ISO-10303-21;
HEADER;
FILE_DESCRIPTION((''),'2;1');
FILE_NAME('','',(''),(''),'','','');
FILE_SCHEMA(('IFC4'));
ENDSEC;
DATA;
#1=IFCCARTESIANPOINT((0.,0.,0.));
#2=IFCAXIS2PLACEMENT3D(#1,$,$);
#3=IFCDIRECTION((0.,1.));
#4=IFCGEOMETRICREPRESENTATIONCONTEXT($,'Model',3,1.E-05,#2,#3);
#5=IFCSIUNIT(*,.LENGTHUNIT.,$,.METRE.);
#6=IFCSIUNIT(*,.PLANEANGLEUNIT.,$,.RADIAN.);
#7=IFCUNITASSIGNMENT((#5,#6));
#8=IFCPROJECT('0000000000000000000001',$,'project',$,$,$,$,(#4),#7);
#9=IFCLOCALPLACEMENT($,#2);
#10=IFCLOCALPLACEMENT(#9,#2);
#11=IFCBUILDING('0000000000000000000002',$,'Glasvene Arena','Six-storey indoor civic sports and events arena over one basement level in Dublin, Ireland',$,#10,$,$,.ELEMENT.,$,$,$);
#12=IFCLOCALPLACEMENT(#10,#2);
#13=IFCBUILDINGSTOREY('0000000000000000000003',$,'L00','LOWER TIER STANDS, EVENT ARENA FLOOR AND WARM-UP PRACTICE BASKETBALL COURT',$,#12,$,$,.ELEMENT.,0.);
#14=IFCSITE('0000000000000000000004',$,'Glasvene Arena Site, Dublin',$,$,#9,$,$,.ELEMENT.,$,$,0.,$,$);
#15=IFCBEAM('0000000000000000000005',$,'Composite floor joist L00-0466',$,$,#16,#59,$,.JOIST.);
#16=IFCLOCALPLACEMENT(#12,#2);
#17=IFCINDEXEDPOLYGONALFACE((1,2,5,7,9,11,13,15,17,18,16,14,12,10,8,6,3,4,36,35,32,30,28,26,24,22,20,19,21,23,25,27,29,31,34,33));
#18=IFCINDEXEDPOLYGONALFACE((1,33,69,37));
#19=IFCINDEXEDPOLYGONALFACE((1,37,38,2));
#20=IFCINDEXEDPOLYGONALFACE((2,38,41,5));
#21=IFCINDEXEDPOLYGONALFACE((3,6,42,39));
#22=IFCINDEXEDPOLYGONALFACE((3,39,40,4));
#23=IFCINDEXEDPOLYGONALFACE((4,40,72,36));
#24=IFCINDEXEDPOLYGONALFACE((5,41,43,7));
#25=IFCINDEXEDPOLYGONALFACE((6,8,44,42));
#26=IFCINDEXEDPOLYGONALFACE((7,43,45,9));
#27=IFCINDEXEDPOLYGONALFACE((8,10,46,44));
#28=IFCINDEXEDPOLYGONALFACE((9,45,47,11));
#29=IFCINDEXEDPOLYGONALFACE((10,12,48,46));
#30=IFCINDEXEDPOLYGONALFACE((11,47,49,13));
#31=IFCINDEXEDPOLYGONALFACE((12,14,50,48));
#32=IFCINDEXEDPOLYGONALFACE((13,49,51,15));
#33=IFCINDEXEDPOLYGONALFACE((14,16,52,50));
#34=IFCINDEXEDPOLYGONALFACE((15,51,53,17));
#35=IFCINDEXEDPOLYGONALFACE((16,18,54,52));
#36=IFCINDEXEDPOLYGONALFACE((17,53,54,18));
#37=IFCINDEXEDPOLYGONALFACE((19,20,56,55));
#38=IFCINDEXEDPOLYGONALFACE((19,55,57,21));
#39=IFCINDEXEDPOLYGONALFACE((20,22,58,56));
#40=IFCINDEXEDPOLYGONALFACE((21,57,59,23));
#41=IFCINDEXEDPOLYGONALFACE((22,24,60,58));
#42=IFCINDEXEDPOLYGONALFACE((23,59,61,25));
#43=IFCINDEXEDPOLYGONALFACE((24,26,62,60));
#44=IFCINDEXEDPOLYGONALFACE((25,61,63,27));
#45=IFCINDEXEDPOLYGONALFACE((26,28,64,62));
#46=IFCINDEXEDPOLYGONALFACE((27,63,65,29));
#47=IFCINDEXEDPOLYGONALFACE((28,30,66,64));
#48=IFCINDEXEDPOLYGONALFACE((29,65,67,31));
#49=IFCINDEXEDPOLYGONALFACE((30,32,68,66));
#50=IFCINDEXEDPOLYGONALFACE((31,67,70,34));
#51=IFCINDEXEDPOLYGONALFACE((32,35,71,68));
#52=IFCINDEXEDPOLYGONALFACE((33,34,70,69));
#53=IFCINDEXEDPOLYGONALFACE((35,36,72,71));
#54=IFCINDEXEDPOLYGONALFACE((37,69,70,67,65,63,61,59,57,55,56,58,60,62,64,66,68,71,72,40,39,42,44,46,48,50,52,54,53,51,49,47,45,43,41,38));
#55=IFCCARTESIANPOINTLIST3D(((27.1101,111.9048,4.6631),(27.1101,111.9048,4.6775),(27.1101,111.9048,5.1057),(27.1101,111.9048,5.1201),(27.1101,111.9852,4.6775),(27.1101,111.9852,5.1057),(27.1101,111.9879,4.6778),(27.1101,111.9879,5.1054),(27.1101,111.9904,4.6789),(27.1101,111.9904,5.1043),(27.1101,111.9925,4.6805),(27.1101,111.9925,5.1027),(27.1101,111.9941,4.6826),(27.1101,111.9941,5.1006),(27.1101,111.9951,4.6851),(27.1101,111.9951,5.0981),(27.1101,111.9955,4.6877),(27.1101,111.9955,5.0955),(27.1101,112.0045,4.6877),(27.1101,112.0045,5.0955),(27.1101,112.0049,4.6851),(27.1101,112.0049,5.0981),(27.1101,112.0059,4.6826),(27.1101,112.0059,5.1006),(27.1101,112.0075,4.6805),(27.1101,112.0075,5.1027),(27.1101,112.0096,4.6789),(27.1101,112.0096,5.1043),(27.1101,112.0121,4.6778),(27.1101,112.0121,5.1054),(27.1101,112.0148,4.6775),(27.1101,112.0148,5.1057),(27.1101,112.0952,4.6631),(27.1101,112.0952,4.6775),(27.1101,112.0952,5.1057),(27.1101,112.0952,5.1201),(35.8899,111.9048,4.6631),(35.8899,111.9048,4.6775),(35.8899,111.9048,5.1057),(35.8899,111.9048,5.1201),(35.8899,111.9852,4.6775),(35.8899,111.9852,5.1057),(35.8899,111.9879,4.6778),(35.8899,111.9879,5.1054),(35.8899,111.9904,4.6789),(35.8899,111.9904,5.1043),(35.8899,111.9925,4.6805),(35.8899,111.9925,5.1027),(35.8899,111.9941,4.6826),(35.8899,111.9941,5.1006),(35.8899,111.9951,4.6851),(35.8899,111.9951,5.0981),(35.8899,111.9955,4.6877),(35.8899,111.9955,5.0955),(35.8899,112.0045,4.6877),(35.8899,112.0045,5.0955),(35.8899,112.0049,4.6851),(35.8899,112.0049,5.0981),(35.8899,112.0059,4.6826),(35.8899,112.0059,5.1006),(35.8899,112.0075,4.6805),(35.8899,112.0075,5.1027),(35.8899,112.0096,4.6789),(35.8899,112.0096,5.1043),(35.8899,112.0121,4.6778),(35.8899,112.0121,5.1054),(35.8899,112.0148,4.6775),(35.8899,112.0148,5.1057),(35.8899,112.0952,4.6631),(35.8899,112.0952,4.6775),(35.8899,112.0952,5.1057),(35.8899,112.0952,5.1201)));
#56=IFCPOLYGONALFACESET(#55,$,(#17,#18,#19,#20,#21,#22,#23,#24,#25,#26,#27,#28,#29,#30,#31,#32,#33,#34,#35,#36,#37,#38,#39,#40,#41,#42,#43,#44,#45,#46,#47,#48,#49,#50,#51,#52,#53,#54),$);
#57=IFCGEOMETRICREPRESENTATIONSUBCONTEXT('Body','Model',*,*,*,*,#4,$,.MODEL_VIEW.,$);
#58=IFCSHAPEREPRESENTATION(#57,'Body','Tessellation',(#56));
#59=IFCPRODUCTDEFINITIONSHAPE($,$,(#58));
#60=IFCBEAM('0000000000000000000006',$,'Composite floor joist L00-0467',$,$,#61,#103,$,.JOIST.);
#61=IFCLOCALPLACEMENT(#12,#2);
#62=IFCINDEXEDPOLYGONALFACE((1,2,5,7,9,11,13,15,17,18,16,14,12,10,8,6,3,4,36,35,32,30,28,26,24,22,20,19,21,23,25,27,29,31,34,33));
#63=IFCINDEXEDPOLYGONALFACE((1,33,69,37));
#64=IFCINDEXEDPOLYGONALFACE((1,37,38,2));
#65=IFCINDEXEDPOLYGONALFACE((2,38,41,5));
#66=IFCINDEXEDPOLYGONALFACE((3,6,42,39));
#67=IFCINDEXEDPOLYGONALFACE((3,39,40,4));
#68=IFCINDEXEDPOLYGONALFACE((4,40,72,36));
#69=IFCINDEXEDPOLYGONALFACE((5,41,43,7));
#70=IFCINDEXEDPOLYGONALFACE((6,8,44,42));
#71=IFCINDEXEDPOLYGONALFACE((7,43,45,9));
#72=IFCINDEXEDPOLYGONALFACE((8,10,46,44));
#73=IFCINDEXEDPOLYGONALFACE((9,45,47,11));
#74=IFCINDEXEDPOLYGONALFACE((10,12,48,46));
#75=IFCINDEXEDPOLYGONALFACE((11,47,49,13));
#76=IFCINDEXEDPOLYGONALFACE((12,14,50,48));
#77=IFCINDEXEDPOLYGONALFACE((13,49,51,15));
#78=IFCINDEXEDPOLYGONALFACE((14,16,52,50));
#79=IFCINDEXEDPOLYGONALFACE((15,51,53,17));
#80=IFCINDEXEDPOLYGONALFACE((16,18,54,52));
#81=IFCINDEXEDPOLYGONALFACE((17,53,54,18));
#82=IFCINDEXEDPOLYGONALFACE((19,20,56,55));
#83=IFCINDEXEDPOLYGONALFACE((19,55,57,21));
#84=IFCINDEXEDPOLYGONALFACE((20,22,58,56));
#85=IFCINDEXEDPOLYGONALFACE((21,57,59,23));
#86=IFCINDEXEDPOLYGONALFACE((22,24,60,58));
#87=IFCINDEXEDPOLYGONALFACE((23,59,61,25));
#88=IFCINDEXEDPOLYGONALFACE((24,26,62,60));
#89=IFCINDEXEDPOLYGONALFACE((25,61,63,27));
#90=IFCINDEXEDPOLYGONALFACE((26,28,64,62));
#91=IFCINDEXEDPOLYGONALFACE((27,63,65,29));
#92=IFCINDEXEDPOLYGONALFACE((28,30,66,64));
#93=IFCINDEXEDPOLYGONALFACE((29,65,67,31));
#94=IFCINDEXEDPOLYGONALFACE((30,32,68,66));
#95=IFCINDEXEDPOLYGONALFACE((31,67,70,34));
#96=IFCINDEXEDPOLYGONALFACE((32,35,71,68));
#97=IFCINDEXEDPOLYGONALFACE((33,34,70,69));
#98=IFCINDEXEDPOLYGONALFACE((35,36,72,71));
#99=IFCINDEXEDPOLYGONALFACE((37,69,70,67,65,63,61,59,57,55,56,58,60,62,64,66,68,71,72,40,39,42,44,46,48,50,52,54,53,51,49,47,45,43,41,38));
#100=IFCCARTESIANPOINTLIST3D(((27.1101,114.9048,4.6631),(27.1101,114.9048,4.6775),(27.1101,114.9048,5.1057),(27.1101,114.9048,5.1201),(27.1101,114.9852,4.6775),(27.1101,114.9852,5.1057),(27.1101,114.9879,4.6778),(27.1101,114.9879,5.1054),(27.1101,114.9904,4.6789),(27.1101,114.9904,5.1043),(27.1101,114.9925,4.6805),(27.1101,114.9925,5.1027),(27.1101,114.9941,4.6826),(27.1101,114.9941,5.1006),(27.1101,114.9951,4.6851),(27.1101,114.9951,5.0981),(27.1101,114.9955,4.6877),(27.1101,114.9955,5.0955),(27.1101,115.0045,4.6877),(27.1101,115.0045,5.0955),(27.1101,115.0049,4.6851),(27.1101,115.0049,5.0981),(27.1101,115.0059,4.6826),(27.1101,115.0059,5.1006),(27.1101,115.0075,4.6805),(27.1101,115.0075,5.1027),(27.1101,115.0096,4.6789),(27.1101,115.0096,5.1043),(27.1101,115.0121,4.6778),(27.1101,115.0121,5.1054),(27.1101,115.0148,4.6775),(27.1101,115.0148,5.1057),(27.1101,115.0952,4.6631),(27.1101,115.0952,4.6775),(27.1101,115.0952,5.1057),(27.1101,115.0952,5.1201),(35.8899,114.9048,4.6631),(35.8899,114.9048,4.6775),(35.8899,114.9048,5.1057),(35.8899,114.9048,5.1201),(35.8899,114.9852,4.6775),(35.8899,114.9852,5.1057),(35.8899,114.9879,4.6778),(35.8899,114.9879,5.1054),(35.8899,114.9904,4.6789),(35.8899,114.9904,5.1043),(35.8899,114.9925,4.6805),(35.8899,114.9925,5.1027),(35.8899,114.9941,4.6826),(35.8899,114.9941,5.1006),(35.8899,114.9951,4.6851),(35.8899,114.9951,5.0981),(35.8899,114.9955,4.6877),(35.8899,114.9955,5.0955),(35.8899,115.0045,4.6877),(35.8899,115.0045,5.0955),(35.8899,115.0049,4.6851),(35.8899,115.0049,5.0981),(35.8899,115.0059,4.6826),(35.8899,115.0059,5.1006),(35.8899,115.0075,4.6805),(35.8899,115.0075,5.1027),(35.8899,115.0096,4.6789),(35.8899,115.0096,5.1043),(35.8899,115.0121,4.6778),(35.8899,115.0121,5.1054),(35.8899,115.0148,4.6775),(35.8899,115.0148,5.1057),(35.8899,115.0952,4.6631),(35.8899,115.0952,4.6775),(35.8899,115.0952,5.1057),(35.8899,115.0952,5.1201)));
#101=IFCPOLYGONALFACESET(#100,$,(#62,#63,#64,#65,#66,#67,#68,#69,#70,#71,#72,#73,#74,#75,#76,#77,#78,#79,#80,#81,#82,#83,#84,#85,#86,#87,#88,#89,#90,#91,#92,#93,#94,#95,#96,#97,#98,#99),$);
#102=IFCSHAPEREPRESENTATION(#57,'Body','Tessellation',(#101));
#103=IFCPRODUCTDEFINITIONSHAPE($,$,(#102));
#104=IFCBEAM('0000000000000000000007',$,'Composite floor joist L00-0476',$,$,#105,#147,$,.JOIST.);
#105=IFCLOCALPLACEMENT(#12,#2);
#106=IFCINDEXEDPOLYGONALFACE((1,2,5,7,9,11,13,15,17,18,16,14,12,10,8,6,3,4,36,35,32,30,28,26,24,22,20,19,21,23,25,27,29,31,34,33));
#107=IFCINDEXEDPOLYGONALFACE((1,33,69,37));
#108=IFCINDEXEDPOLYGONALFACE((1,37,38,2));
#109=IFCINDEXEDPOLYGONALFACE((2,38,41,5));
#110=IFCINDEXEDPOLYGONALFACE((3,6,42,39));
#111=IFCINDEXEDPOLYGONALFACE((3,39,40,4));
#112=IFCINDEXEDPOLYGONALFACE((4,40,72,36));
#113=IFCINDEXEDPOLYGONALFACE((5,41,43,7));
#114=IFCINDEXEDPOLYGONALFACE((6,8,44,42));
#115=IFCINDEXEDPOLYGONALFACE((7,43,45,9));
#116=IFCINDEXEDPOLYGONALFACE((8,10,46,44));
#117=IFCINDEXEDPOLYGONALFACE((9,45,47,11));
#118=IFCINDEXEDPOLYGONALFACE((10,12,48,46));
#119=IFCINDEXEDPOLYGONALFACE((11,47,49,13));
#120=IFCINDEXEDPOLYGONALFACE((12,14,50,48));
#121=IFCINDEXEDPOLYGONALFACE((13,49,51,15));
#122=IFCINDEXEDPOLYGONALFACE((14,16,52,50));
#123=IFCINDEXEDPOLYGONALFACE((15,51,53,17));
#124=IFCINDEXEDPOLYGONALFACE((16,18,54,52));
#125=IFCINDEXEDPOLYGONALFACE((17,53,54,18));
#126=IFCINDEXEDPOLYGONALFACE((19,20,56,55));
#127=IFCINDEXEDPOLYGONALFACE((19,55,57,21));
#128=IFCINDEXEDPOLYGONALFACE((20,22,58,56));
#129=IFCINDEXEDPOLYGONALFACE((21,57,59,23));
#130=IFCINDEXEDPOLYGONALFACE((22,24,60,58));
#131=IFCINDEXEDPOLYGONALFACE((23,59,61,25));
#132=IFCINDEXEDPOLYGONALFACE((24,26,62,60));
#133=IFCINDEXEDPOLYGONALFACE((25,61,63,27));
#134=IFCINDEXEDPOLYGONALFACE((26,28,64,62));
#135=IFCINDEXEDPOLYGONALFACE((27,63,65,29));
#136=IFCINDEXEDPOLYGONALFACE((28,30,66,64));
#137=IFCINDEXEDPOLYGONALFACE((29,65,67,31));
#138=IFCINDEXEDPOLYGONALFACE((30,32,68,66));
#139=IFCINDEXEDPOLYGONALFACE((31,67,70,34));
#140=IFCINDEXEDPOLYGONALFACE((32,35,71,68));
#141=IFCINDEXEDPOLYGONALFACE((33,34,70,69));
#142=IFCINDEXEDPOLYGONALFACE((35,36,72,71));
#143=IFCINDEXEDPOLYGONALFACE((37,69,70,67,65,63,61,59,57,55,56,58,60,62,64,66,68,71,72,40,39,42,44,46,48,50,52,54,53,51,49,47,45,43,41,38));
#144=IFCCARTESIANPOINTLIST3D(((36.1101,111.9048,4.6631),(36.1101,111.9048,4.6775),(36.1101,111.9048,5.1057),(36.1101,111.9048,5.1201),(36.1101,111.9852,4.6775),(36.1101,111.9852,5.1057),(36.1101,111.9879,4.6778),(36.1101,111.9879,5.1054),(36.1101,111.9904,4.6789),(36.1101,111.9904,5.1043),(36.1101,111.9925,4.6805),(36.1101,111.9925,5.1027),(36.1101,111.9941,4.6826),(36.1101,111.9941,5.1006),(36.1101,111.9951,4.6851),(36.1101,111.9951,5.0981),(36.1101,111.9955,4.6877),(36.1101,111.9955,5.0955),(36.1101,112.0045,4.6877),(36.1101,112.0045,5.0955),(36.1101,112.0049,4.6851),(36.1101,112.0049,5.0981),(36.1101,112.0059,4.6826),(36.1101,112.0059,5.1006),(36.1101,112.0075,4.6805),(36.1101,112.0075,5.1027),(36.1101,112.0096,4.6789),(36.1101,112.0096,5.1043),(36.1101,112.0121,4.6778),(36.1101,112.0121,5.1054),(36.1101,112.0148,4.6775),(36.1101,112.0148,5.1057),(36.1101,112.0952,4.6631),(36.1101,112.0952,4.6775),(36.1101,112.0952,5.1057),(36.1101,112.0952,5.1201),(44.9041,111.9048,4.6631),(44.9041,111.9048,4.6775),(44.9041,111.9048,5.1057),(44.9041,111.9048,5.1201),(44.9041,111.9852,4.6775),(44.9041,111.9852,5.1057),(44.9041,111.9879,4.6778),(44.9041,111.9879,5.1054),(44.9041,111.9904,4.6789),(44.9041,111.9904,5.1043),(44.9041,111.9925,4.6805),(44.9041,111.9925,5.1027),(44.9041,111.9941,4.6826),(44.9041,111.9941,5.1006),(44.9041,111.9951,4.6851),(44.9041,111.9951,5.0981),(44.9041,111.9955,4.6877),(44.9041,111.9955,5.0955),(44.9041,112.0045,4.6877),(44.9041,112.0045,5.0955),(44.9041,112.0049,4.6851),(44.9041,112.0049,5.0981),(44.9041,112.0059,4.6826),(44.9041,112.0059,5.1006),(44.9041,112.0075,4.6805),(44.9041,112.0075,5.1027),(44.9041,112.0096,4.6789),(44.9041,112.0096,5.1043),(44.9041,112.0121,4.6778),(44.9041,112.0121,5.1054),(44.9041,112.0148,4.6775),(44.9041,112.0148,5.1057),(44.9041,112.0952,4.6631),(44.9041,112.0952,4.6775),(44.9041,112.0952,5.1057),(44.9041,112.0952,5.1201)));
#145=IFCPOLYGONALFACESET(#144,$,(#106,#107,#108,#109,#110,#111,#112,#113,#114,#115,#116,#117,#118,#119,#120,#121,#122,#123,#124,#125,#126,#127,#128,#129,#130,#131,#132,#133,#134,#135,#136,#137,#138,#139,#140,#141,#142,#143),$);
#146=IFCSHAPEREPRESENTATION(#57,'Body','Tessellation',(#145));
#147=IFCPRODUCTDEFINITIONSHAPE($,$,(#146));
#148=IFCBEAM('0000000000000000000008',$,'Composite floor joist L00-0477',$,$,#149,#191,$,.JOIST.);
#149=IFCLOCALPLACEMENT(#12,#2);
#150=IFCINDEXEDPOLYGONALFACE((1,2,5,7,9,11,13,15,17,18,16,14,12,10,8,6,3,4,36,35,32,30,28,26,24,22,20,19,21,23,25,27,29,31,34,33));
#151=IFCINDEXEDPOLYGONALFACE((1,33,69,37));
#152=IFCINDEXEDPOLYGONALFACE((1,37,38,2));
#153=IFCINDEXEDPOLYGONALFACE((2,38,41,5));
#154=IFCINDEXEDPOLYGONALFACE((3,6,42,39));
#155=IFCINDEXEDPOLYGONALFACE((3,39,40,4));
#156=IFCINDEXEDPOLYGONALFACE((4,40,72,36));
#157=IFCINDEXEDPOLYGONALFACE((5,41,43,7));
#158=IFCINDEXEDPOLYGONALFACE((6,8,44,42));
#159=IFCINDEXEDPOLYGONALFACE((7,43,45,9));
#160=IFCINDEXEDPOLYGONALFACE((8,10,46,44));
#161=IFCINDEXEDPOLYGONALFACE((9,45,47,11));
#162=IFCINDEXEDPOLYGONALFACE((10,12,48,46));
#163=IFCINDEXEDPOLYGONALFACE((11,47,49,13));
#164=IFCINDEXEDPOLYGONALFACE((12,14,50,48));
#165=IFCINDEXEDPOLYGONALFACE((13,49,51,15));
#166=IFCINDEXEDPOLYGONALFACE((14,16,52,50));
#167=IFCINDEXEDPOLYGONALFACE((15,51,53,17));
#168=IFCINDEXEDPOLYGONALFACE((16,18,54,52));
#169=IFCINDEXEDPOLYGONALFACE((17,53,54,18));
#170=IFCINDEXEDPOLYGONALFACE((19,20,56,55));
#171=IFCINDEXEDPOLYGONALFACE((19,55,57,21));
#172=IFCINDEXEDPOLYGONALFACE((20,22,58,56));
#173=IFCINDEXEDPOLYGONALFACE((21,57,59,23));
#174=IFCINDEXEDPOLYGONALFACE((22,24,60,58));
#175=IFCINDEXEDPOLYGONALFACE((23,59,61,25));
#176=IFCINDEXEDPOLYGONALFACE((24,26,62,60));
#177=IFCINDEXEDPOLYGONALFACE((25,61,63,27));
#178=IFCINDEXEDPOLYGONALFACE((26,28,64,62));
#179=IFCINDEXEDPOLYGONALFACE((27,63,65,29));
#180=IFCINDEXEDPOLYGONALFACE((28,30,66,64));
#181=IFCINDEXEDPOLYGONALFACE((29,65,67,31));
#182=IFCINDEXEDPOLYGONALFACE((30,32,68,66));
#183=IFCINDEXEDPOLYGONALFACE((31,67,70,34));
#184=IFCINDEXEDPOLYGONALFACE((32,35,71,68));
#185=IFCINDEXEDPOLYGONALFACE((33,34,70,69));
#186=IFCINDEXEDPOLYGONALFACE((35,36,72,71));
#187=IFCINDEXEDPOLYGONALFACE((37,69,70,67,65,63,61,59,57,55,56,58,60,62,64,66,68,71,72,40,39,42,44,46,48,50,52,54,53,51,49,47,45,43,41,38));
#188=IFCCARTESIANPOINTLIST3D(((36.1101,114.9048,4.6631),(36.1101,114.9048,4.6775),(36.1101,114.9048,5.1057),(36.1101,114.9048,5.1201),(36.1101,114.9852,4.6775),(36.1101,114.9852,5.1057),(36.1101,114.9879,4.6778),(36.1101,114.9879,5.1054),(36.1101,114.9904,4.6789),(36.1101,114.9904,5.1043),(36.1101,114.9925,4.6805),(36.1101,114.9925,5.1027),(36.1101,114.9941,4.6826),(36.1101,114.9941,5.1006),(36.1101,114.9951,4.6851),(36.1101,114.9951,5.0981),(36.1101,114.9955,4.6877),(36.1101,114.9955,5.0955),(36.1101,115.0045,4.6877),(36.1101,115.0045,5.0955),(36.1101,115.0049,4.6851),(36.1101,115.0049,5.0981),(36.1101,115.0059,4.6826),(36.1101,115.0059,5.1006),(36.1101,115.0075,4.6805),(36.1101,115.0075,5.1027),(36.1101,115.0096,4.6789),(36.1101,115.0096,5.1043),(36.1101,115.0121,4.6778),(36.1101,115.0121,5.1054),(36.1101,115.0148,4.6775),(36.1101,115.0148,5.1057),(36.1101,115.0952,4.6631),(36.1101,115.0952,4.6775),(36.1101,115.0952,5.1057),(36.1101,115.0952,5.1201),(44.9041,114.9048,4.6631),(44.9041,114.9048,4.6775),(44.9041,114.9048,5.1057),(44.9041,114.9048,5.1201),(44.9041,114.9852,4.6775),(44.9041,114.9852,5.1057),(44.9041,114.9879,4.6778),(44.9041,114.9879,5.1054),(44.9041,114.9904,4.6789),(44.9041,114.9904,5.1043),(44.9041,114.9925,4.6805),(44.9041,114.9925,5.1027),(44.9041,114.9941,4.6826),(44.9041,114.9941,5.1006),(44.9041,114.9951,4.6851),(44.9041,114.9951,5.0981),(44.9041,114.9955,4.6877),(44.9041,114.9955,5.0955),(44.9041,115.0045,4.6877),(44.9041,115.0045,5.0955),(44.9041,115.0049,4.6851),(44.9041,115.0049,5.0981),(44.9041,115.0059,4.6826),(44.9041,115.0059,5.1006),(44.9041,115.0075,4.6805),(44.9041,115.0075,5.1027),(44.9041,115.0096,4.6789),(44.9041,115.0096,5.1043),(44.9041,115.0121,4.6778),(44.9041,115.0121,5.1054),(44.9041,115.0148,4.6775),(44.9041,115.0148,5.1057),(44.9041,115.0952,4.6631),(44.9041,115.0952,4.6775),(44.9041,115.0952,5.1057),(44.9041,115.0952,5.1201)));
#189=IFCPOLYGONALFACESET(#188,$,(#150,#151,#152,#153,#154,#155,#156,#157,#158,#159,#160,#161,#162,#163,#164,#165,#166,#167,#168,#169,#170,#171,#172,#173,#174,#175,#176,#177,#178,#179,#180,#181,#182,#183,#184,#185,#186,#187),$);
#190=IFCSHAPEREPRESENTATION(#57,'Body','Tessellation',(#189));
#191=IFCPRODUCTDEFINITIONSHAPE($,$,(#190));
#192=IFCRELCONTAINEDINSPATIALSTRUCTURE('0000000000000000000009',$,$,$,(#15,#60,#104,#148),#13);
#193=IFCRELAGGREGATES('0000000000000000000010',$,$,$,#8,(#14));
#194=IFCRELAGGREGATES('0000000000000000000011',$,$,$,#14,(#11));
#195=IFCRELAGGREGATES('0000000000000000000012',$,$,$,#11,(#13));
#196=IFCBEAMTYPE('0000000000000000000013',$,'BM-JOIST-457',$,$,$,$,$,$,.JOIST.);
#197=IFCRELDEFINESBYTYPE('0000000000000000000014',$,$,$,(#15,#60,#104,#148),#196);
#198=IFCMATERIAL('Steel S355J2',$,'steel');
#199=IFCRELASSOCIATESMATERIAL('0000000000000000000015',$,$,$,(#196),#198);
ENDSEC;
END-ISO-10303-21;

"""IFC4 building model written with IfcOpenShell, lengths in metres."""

from ifc_helpers import new_model, si_unit, direction, frame, origin, origin_2d, place, context, subcontext, project, spatial, i_section, extrude, material, material_profile, profile_set, type_object, element, save


model = new_model("IFC4")

# Units and contexts
model_context = context("Model", 3, precision=1e-05, world=origin(), true_north=direction((0.0, 1.0)))
body_context = subcontext(model_context, "Body", "Model", "MODEL_VIEW")
ifc_project = project(units=[si_unit("LENGTHUNIT", "METRE"), si_unit("PLANEANGLEUNIT", "RADIAN")], contexts=[model_context])

# Site, building, storey
site_placement = place(None, origin())
site = spatial("IfcSite", under=ifc_project, at=site_placement, Name="Glasvene Arena Site, Dublin", CompositionType="ELEMENT", RefElevation=0.0)
building_placement = place(site_placement, origin())
building = spatial("IfcBuilding", under=site, at=building_placement, Name="Glasvene Arena", Description="Six-storey indoor civic sports and events arena over one basement level in Dublin, Ireland", CompositionType="ELEMENT")
storey_placement = place(building_placement, origin())
storey = spatial("IfcBuildingStorey", under=building, at=storey_placement, Name="L00", Description="LOWER TIER STANDS, EVENT ARENA FLOOR AND WARM-UP PRACTICE BASKETBALL COURT", CompositionType="ELEMENT", Elevation=0.0)

# Shared definitions
ifc_material_1 = material(Name="Steel S355J2", Category="steel")

# Beams
ifc_material_profile_1 = material_profile(ifc_material_1, i_section(OverallWidth=0.1904, OverallDepth=0.457, WebThickness=0.009, FlangeThickness=0.0144, FilletRadius=0.0103, at=origin_2d()), Name="UKB 457x191x74")
ifc_profile_set_1 = profile_set([ifc_material_profile_1], Name="Steel S355J2")
beam_type_1 = type_object("IfcBeamType", Name="BM-JOIST-457", PredefinedType="JOIST", material=ifc_profile_set_1)
for number, where, z_axis, x_axis, name in (
    (1, (27.1101, 112.0, 4.8916), (1.0, 0.0, 0.0), (0.0, 1.0, 0.0), "Composite floor joist L00-0466"),
    (2, (27.1101, 115.0, 4.8916), (1.0, 0.0, 0.0), (0.0, 1.0, 0.0), "Composite floor joist L00-0467"),
):
    element("IfcBeam", number, at=place(storey_placement, frame(where, z_axis=z_axis, x_axis=x_axis)), inside=storey, type_object=beam_type_1, Name=name, PredefinedType="JOIST", context=body_context, shape_type="SweptSolid", body=[
        extrude(i_section(OverallWidth=0.1904, OverallDepth=0.457, WebThickness=0.009, FlangeThickness=0.0144, FilletRadius=0.0103, at=origin_2d()), origin(), (0.0, 0.0, 1.0), 8.7798),
    ])
for number, where, z_axis, x_axis, name in (
    (3, (36.1101, 112.0, 4.8916), (1.0, 0.0, 0.0), (0.0, 1.0, 0.0), "Composite floor joist L00-0476"),
    (4, (36.1101, 115.0, 4.8916), (1.0, 0.0, 0.0), (0.0, 1.0, 0.0), "Composite floor joist L00-0477"),
):
    element("IfcBeam", number, at=place(storey_placement, frame(where, z_axis=z_axis, x_axis=x_axis)), inside=storey, type_object=beam_type_1, Name=name, PredefinedType="JOIST", context=body_context, shape_type="SweptSolid", body=[
        extrude(i_section(OverallWidth=0.1904, OverallDepth=0.457, WebThickness=0.009, FlangeThickness=0.0144, FilletRadius=0.0103, at=origin_2d()), origin(), (0.0, 0.0, 1.0), 8.7939),
    ])

save(model, "model.ifc")
